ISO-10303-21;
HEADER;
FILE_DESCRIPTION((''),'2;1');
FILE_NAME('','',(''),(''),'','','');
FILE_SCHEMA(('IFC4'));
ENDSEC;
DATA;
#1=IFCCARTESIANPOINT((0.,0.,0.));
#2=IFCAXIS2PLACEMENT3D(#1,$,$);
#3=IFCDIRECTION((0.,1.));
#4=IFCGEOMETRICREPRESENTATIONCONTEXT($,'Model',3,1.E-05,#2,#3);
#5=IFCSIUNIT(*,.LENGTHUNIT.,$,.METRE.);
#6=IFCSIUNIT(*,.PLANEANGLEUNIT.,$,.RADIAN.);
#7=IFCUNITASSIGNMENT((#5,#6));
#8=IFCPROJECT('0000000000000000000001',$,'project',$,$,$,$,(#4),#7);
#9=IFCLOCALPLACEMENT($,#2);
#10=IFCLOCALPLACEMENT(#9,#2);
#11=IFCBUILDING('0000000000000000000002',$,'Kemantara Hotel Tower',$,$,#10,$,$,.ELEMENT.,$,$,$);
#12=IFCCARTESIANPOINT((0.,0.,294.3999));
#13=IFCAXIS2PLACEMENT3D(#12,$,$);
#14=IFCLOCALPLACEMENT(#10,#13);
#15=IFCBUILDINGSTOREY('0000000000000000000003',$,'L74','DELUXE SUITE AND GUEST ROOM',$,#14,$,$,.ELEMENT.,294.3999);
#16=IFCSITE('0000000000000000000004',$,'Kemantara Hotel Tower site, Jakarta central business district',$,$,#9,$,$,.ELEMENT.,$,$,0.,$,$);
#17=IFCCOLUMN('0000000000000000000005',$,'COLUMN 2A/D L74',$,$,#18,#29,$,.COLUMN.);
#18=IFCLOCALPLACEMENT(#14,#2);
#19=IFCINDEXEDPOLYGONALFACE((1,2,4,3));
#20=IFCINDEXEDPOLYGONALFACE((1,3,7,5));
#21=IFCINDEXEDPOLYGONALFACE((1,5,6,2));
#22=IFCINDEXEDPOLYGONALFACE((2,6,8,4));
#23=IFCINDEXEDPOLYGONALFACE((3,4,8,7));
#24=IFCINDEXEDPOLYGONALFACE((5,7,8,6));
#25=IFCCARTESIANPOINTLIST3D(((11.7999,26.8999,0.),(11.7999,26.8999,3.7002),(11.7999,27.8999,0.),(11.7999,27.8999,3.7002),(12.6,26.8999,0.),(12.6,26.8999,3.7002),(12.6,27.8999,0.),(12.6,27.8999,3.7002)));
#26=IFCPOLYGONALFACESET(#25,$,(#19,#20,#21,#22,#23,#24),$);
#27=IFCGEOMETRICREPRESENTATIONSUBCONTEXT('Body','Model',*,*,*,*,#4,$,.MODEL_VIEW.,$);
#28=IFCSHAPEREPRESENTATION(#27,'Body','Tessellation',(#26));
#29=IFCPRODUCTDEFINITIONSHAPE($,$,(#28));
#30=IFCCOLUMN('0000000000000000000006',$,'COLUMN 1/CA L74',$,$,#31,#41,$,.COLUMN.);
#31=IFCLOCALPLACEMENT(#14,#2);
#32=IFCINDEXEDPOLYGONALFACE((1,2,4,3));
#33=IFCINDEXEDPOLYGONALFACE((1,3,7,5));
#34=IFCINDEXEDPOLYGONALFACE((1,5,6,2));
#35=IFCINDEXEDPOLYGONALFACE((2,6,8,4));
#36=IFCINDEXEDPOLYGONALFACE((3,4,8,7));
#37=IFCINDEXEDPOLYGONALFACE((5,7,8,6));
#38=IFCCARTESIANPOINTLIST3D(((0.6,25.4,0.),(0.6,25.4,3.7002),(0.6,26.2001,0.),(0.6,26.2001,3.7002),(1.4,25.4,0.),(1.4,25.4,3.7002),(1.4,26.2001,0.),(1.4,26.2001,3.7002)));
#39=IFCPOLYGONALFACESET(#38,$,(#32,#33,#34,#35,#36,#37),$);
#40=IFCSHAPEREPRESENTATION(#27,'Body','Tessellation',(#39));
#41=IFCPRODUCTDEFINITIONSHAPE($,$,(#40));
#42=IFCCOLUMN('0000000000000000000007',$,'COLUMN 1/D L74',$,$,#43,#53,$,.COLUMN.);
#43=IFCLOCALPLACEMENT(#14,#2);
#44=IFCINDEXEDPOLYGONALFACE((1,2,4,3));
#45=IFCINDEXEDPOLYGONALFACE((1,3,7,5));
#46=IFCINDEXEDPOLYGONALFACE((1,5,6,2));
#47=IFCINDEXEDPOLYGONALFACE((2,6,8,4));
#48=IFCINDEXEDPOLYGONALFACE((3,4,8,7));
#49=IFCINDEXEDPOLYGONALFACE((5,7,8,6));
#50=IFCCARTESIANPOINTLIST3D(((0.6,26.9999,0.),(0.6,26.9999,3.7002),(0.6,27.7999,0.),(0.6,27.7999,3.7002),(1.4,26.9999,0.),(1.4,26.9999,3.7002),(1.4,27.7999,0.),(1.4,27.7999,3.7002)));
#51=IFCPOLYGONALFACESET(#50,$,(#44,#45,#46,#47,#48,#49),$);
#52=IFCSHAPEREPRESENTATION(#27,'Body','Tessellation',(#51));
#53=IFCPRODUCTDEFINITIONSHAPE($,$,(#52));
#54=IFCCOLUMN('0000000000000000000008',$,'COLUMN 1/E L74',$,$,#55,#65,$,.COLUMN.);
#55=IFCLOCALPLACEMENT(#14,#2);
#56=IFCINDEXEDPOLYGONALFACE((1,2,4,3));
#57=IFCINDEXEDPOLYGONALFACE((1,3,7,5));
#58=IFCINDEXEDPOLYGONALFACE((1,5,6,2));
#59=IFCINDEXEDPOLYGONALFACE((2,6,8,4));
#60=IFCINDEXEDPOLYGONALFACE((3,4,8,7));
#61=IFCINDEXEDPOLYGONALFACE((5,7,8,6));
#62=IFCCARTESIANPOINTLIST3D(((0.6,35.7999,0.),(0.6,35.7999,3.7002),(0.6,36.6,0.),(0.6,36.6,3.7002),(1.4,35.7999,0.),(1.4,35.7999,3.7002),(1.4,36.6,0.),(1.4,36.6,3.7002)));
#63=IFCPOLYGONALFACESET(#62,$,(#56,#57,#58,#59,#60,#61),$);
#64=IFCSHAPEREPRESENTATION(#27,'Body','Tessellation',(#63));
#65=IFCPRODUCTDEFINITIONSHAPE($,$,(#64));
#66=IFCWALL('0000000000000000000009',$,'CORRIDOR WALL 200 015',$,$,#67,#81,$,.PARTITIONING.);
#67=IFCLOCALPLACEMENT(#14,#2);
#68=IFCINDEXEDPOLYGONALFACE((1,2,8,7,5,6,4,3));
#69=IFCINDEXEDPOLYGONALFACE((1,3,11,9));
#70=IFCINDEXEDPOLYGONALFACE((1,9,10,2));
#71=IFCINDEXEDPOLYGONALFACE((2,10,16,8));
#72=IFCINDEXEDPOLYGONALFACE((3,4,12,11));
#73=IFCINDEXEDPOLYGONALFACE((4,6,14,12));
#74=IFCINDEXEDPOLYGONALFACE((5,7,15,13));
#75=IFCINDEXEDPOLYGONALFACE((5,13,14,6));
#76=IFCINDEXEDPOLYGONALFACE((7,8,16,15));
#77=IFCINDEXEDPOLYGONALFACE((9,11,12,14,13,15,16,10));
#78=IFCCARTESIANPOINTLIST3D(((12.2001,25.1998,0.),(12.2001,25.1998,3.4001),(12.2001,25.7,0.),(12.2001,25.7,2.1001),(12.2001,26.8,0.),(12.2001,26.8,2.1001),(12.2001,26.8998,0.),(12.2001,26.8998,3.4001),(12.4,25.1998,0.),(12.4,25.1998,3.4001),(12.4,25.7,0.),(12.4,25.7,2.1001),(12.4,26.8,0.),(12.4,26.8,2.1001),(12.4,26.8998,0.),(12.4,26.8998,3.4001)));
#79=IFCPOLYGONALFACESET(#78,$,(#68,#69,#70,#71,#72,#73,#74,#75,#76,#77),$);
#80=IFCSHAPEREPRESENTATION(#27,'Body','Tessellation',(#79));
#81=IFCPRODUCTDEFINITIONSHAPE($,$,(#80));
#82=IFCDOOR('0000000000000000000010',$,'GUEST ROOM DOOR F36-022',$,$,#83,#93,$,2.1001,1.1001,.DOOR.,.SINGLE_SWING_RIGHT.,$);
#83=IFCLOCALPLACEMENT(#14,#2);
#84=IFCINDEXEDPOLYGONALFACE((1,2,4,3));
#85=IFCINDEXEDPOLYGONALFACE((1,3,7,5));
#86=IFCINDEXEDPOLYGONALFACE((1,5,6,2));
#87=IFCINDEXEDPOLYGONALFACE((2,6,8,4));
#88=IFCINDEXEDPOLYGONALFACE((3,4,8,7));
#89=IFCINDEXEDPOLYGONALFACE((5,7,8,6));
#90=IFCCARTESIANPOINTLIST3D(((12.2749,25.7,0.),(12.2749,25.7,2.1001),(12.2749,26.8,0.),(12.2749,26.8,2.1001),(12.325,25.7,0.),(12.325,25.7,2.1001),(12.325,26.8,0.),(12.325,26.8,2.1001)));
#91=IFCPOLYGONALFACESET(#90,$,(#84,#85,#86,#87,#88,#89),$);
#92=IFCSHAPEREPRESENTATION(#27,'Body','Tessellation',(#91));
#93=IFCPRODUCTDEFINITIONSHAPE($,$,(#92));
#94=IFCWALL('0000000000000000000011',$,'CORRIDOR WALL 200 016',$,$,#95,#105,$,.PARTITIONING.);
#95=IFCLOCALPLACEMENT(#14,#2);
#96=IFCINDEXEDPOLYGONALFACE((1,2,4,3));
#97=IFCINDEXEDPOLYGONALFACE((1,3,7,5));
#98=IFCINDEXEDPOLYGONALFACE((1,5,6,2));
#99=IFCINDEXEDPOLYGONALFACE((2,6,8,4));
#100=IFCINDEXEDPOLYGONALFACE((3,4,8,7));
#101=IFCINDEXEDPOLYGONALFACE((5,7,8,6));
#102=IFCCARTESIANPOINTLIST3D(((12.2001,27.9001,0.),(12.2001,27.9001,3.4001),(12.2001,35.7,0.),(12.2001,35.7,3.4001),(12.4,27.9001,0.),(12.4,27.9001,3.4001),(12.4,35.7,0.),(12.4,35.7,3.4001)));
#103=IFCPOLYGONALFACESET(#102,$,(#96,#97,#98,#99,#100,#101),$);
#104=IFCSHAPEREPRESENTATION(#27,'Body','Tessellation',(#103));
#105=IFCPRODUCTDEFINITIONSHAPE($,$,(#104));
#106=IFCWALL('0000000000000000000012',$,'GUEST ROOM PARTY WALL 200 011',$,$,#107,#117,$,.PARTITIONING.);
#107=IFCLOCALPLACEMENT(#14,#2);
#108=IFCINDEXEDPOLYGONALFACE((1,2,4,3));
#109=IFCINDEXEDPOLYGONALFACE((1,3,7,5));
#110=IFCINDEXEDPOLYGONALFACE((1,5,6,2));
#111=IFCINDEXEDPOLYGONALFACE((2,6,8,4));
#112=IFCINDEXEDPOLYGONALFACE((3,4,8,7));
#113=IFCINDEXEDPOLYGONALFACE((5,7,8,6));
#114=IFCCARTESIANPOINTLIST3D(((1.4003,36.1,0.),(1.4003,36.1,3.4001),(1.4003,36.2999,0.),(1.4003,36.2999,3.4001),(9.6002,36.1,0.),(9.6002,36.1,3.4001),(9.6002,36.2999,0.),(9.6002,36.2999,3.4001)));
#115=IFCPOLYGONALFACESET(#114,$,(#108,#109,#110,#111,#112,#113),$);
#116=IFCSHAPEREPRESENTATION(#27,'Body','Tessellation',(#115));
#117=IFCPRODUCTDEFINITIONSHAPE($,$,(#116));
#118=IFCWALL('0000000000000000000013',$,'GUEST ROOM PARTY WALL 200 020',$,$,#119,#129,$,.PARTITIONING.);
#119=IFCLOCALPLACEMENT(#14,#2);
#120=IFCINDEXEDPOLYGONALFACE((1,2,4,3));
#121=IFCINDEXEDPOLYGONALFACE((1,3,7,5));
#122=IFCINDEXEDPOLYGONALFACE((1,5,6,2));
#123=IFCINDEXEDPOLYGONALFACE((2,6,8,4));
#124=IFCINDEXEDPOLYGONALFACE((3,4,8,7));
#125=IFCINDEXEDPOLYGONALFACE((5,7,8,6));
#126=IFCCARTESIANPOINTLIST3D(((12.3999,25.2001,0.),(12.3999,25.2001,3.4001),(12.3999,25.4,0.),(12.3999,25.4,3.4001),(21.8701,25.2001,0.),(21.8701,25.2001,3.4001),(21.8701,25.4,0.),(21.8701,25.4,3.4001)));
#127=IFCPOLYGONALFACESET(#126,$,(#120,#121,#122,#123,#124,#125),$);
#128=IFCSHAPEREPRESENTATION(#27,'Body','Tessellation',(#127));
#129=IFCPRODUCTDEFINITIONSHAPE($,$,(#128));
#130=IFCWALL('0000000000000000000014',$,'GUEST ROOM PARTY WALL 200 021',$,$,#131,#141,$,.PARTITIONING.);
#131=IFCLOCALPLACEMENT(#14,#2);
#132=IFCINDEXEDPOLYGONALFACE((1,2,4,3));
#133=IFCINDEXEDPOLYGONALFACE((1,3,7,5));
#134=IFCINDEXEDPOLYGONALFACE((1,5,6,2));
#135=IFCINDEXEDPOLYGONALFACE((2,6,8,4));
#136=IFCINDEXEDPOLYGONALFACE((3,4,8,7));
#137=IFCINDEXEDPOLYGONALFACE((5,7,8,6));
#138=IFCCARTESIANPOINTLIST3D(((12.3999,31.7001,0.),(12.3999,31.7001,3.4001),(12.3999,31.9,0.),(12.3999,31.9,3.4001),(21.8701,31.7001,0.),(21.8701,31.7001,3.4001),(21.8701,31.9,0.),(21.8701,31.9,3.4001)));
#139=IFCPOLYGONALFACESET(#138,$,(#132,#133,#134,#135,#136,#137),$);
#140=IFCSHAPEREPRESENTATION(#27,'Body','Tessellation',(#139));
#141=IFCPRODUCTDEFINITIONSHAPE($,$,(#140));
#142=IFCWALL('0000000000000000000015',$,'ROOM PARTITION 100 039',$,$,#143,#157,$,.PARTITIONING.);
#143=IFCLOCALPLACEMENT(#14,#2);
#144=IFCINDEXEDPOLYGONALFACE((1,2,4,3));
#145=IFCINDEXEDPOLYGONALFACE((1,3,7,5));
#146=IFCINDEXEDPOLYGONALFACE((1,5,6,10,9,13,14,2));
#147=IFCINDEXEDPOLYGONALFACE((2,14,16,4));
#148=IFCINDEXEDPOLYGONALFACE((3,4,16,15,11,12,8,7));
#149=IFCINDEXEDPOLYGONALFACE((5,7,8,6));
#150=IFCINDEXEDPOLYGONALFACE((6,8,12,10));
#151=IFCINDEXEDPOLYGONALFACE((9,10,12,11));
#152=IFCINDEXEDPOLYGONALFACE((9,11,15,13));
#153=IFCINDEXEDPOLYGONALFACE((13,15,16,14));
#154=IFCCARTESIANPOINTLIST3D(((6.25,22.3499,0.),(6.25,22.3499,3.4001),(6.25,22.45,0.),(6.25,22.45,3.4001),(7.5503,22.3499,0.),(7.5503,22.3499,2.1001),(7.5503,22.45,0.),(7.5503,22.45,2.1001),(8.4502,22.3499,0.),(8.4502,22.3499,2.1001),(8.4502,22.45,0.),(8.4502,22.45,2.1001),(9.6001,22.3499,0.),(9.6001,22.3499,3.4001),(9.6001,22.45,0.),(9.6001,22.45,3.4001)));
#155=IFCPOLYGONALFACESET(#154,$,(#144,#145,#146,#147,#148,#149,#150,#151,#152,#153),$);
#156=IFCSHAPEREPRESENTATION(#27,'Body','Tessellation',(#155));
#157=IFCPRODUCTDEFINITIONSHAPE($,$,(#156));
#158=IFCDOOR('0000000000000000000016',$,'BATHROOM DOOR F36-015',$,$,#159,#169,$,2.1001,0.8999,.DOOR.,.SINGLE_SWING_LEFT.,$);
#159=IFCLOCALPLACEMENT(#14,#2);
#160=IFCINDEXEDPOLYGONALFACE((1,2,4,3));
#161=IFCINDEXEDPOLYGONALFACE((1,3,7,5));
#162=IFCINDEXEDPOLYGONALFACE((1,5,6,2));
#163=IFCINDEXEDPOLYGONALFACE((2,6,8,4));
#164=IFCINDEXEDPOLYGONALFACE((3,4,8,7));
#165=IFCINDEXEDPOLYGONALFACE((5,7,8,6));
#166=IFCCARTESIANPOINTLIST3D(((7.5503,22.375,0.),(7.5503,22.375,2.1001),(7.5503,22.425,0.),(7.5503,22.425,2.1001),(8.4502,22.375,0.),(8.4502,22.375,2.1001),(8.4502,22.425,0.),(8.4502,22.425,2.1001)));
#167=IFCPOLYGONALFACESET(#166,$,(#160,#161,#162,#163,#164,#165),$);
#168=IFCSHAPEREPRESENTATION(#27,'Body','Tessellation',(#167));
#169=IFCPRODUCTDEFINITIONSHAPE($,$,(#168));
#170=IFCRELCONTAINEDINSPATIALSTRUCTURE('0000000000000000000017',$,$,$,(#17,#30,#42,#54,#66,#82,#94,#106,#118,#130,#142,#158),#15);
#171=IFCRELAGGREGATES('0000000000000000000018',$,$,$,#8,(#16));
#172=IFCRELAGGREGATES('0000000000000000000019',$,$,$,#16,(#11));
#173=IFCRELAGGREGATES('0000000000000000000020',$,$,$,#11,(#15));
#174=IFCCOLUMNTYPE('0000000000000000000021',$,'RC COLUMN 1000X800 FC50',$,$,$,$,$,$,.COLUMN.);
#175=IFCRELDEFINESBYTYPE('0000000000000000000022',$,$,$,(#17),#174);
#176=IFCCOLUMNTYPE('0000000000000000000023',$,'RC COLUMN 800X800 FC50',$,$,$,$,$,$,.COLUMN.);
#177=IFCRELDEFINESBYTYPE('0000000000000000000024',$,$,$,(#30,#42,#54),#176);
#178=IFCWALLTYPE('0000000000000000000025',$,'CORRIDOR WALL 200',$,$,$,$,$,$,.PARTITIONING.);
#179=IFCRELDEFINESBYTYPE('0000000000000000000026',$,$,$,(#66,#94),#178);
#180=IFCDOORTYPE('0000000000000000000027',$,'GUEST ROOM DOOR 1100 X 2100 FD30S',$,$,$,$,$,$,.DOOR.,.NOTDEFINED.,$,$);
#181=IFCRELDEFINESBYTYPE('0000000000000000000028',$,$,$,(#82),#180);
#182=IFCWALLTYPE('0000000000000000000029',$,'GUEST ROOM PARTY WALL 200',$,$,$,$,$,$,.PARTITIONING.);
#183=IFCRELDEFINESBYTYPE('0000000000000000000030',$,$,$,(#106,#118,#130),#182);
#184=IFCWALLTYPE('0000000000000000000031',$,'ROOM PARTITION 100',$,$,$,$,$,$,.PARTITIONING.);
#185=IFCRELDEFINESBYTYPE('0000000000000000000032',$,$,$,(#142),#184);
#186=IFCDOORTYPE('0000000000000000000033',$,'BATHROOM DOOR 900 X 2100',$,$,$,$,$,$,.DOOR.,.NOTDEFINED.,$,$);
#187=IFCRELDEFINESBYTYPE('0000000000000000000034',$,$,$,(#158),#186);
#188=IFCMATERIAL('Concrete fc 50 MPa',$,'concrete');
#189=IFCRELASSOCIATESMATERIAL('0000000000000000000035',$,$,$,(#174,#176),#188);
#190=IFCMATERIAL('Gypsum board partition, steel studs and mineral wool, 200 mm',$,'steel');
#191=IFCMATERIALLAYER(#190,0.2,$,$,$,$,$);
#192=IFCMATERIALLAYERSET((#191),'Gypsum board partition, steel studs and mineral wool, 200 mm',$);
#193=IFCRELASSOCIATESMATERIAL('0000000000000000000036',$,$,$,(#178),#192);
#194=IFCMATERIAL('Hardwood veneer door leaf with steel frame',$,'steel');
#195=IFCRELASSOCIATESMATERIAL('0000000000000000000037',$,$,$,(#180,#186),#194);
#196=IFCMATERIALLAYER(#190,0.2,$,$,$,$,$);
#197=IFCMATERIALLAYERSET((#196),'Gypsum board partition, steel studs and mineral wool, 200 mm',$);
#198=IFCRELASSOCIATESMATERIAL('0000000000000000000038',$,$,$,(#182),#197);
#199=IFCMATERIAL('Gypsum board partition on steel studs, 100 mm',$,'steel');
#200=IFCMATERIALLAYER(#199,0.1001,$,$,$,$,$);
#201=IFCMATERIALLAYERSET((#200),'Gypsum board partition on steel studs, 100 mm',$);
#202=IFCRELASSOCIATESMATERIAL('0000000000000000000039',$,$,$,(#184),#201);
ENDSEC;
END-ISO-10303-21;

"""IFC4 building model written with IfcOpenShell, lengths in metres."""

from ifc_helpers import new_model, si_unit, direction, frame, frame_2d, origin, origin_2d, place, context, subcontext, project, spatial, rectangle, extrude, material, layer, layer_set, material_profile, profile_set, type_object, element, fill, save


model = new_model("IFC4")

# Units and contexts
model_context = context("Model", 3, precision=1e-05, world=origin(), true_north=direction((0.0, 1.0)))
body_context = subcontext(model_context, "Body", "Model", "MODEL_VIEW")
ifc_project = project(units=[si_unit("LENGTHUNIT", "METRE"), si_unit("PLANEANGLEUNIT", "RADIAN")], contexts=[model_context])

# Site, building, storey
site_placement = place(None, origin())
site = spatial("IfcSite", under=ifc_project, at=site_placement, Name="Kemantara Hotel Tower site, Jakarta central business district", CompositionType="ELEMENT", RefElevation=0.0)
building_placement = place(site_placement, origin())
building = spatial("IfcBuilding", under=site, at=building_placement, Name="Kemantara Hotel Tower", CompositionType="ELEMENT")
storey_placement = place(building_placement, frame((0.0, 0.0, 294.3999)))
storey = spatial("IfcBuildingStorey", under=building, at=storey_placement, Name="L74", Description="DELUXE SUITE AND GUEST ROOM", CompositionType="ELEMENT", Elevation=294.3999)

# Columns
ifc_material_1 = material(Name="Concrete fc 50 MPa", Category="concrete")
ifc_material_profile_1 = material_profile(ifc_material_1, rectangle(XDim=1.0, YDim=0.8, at=origin_2d()), Name="RC 1000X800")
ifc_profile_set_1 = profile_set([ifc_material_profile_1], Name="Concrete fc 50 MPa")
column_type_1 = type_object("IfcColumnType", Name="RC COLUMN 1000X800 FC50", PredefinedType="COLUMN", material=ifc_profile_set_1)
column_placement = place(storey_placement, frame((12.2, 27.3999, 0.0), z_axis=(0.0, 0.0, 1.0), x_axis=(0.0, 1.0, 0.0)))
element("IfcColumn", 1, at=column_placement, inside=storey, type_object=column_type_1, Name="COLUMN 2A/D L74", PredefinedType="COLUMN", context=body_context, shape_type="SweptSolid", body=[
    extrude(rectangle(XDim=1.0, YDim=0.8, at=origin_2d()), origin(), (0.0, 0.0, 1.0), 3.7002),
])
ifc_material_profile_2 = material_profile(ifc_material_1, rectangle(XDim=0.8, YDim=0.8, at=origin_2d()), Name="RC 800X800")
ifc_profile_set_2 = profile_set([ifc_material_profile_2], Name="Concrete fc 50 MPa")
column_type_2 = type_object("IfcColumnType", Name="RC COLUMN 800X800 FC50", PredefinedType="COLUMN", material=ifc_profile_set_2)
for number, where, z_axis, x_axis, name in (
    (2, (1.0, 25.8, 0.0), (0.0, 0.0, 1.0), (1.0, 0.0, 0.0), "COLUMN 1/CA L74"),
    (3, (1.0, 27.3999, 0.0), (0.0, 0.0, 1.0), (1.0, 0.0, 0.0), "COLUMN 1/D L74"),
    (4, (1.0, 36.2, 0.0), (0.0, 0.0, 1.0), (1.0, 0.0, 0.0), "COLUMN 1/E L74"),
):
    element("IfcColumn", number, at=place(storey_placement, frame(where, z_axis=z_axis, x_axis=x_axis)), inside=storey, type_object=column_type_2, Name=name, PredefinedType="COLUMN", context=body_context, shape_type="SweptSolid", body=[
        extrude(rectangle(XDim=0.8, YDim=0.8, at=origin_2d()), origin(), (0.0, 0.0, 1.0), 3.7002),
    ])

# Wall, opening, door
ifc_material_2 = material(Name="Gypsum board partition, steel studs and mineral wool, 200 mm", Category="steel")
ifc_layer_1 = layer(ifc_material_2, 0.2)
ifc_layer_set_1 = layer_set([ifc_layer_1], Name="Gypsum board partition, steel studs and mineral wool, 200 mm")
wall_type_1 = type_object("IfcWallType", Name="CORRIDOR WALL 200", PredefinedType="PARTITIONING", material=ifc_layer_set_1)
wall_1_placement = place(storey_placement, frame((12.3, 26.8999, 0.0), z_axis=(0.0, 0.0, 1.0), x_axis=(0.0, -1.0, 0.0)))
wall_1 = element("IfcWall", 5, at=wall_1_placement, inside=storey, type_object=wall_type_1, Name="CORRIDOR WALL 200 015", PredefinedType="PARTITIONING", context=body_context, shape_type="SweptSolid", body=[
    extrude(rectangle(XDim=1.7, YDim=0.2, at=frame_2d((0.8501, 0.0))), origin(), (0.0, 0.0, 1.0), 3.4001),
])
opening_1_placement = place(wall_1_placement, frame((0.0999, 0.0, 0.0)))
opening_1 = element("IfcOpeningElement", 6, at=opening_1_placement, cuts=wall_1, PredefinedType="OPENING", context=body_context, shape_type="SweptSolid", body=[
    extrude(rectangle(XDim=1.1001, YDim=2.1001, at=frame_2d((0.55, 1.05))), frame((0.0, 0.1099, 0.0), z_axis=(0.0, -1.0, 0.0), x_axis=(1.0, 0.0, 0.0)), (0.0, 0.0, 1.0), 0.22),
])
ifc_material_3 = material(Name="Hardwood veneer door leaf with steel frame", Category="steel")
door_type_1 = type_object("IfcDoorType", Name="GUEST ROOM DOOR 1100 X 2100 FD30S", OperationType="NOTDEFINED", PredefinedType="DOOR", material=ifc_material_3)
door_1_placement = place(opening_1_placement, origin())
door_1 = element("IfcDoor", 7, at=door_1_placement, inside=storey, type_object=door_type_1, Name="GUEST ROOM DOOR F36-022", OperationType="SINGLE_SWING_RIGHT", OverallHeight=2.1001, OverallWidth=1.1001, PredefinedType="DOOR", context=body_context, shape_type="SweptSolid", body=[
    extrude(rectangle(XDim=1.1001, YDim=2.1001, at=frame_2d((0.55, 1.05))), frame((0.0, 0.0249, 0.0), z_axis=(0.0, -1.0, 0.0), x_axis=(1.0, 0.0, 0.0)), (0.0, 0.0, 1.0), 0.05),
])
fill(opening_1, door_1)

# Walls
wall_2_placement = place(storey_placement, frame((12.3, 27.9001, 0.0), z_axis=(0.0, 0.0, 1.0), x_axis=(0.0, 1.0, 0.0)))
element("IfcWall", 8, at=wall_2_placement, inside=storey, type_object=wall_type_1, Name="CORRIDOR WALL 200 016", PredefinedType="PARTITIONING", context=body_context, shape_type="SweptSolid", body=[
    extrude(rectangle(XDim=7.7998, YDim=0.2, at=frame_2d((3.8999, 0.0))), origin(), (0.0, 0.0, 1.0), 3.4001),
])
ifc_layer_2 = layer(ifc_material_2, 0.2)
ifc_layer_set_2 = layer_set([ifc_layer_2], Name="Gypsum board partition, steel studs and mineral wool, 200 mm")
wall_type_2 = type_object("IfcWallType", Name="GUEST ROOM PARTY WALL 200", PredefinedType="PARTITIONING", material=ifc_layer_set_2)
wall_3_placement = place(storey_placement, frame((1.4001, 36.2, 0.0), z_axis=(0.0, 0.0, 1.0), x_axis=(1.0, 0.0, 0.0)))
element("IfcWall", 9, at=wall_3_placement, inside=storey, type_object=wall_type_2, Name="GUEST ROOM PARTY WALL 200 011", PredefinedType="PARTITIONING", context=body_context, shape_type="SweptSolid", body=[
    extrude(rectangle(XDim=8.2, YDim=0.2, at=frame_2d((4.1001, 0.0))), origin(), (0.0, 0.0, 1.0), 3.4001),
])
for number, where, z_axis, x_axis, name in (
    (10, (12.3999, 25.3, 0.0), (0.0, 0.0, 1.0), (1.0, 0.0, 0.0), "GUEST ROOM PARTY WALL 200 020"),
    (11, (12.3999, 31.8, 0.0), (0.0, 0.0, 1.0), (1.0, 0.0, 0.0), "GUEST ROOM PARTY WALL 200 021"),
):
    element("IfcWall", number, at=place(storey_placement, frame(where, z_axis=z_axis, x_axis=x_axis)), inside=storey, type_object=wall_type_2, Name=name, PredefinedType="PARTITIONING", context=body_context, shape_type="SweptSolid", body=[
        extrude(rectangle(XDim=9.4702, YDim=0.2, at=frame_2d((4.7351, 0.0))), origin(), (0.0, 0.0, 1.0), 3.4001),
    ])

# Wall, opening, door
ifc_material_4 = material(Name="Gypsum board partition on steel studs, 100 mm", Category="steel")
ifc_layer_3 = layer(ifc_material_4, 0.1001)
ifc_layer_set_3 = layer_set([ifc_layer_3], Name="Gypsum board partition on steel studs, 100 mm")
wall_type_3 = type_object("IfcWallType", Name="ROOM PARTITION 100", PredefinedType="PARTITIONING", material=ifc_layer_set_3)
wall_4_placement = place(storey_placement, frame((9.6001, 22.3999, 0.0), z_axis=(0.0, 0.0, 1.0), x_axis=(-1.0, 0.0, 0.0)))
wall_4 = element("IfcWall", 12, at=wall_4_placement, inside=storey, type_object=wall_type_3, Name="ROOM PARTITION 100 039", PredefinedType="PARTITIONING", context=body_context, shape_type="SweptSolid", body=[
    extrude(rectangle(XDim=3.3501, YDim=0.1001, at=frame_2d((1.675, 0.0))), origin(), (0.0, 0.0, 1.0), 3.4001),
])
opening_2_placement = place(wall_4_placement, frame((1.1499, 0.0, 0.0)))
opening_2 = element("IfcOpeningElement", 13, at=opening_2_placement, cuts=wall_4, PredefinedType="OPENING", context=body_context, shape_type="SweptSolid", body=[
    extrude(rectangle(XDim=0.8999, YDim=2.1001, at=frame_2d((0.45, 1.05))), frame((0.0, 0.0601, 0.0), z_axis=(0.0, -1.0, 0.0), x_axis=(1.0, 0.0, 0.0)), (0.0, 0.0, 1.0), 0.1201),
])
door_type_2 = type_object("IfcDoorType", Name="BATHROOM DOOR 900 X 2100", OperationType="NOTDEFINED", PredefinedType="DOOR", material=ifc_material_3)
door_2_placement = place(opening_2_placement, origin())
door_2 = element("IfcDoor", 14, at=door_2_placement, inside=storey, type_object=door_type_2, Name="BATHROOM DOOR F36-015", OperationType="SINGLE_SWING_LEFT", OverallHeight=2.1001, OverallWidth=0.8999, PredefinedType="DOOR", context=body_context, shape_type="SweptSolid", body=[
    extrude(rectangle(XDim=0.8999, YDim=2.1001, at=frame_2d((0.45, 1.05))), frame((0.0, 0.0249, 0.0), z_axis=(0.0, -1.0, 0.0), x_axis=(1.0, 0.0, 0.0)), (0.0, 0.0, 1.0), 0.05),
])
fill(opening_2, door_2)

save(model, "model.ifc")
